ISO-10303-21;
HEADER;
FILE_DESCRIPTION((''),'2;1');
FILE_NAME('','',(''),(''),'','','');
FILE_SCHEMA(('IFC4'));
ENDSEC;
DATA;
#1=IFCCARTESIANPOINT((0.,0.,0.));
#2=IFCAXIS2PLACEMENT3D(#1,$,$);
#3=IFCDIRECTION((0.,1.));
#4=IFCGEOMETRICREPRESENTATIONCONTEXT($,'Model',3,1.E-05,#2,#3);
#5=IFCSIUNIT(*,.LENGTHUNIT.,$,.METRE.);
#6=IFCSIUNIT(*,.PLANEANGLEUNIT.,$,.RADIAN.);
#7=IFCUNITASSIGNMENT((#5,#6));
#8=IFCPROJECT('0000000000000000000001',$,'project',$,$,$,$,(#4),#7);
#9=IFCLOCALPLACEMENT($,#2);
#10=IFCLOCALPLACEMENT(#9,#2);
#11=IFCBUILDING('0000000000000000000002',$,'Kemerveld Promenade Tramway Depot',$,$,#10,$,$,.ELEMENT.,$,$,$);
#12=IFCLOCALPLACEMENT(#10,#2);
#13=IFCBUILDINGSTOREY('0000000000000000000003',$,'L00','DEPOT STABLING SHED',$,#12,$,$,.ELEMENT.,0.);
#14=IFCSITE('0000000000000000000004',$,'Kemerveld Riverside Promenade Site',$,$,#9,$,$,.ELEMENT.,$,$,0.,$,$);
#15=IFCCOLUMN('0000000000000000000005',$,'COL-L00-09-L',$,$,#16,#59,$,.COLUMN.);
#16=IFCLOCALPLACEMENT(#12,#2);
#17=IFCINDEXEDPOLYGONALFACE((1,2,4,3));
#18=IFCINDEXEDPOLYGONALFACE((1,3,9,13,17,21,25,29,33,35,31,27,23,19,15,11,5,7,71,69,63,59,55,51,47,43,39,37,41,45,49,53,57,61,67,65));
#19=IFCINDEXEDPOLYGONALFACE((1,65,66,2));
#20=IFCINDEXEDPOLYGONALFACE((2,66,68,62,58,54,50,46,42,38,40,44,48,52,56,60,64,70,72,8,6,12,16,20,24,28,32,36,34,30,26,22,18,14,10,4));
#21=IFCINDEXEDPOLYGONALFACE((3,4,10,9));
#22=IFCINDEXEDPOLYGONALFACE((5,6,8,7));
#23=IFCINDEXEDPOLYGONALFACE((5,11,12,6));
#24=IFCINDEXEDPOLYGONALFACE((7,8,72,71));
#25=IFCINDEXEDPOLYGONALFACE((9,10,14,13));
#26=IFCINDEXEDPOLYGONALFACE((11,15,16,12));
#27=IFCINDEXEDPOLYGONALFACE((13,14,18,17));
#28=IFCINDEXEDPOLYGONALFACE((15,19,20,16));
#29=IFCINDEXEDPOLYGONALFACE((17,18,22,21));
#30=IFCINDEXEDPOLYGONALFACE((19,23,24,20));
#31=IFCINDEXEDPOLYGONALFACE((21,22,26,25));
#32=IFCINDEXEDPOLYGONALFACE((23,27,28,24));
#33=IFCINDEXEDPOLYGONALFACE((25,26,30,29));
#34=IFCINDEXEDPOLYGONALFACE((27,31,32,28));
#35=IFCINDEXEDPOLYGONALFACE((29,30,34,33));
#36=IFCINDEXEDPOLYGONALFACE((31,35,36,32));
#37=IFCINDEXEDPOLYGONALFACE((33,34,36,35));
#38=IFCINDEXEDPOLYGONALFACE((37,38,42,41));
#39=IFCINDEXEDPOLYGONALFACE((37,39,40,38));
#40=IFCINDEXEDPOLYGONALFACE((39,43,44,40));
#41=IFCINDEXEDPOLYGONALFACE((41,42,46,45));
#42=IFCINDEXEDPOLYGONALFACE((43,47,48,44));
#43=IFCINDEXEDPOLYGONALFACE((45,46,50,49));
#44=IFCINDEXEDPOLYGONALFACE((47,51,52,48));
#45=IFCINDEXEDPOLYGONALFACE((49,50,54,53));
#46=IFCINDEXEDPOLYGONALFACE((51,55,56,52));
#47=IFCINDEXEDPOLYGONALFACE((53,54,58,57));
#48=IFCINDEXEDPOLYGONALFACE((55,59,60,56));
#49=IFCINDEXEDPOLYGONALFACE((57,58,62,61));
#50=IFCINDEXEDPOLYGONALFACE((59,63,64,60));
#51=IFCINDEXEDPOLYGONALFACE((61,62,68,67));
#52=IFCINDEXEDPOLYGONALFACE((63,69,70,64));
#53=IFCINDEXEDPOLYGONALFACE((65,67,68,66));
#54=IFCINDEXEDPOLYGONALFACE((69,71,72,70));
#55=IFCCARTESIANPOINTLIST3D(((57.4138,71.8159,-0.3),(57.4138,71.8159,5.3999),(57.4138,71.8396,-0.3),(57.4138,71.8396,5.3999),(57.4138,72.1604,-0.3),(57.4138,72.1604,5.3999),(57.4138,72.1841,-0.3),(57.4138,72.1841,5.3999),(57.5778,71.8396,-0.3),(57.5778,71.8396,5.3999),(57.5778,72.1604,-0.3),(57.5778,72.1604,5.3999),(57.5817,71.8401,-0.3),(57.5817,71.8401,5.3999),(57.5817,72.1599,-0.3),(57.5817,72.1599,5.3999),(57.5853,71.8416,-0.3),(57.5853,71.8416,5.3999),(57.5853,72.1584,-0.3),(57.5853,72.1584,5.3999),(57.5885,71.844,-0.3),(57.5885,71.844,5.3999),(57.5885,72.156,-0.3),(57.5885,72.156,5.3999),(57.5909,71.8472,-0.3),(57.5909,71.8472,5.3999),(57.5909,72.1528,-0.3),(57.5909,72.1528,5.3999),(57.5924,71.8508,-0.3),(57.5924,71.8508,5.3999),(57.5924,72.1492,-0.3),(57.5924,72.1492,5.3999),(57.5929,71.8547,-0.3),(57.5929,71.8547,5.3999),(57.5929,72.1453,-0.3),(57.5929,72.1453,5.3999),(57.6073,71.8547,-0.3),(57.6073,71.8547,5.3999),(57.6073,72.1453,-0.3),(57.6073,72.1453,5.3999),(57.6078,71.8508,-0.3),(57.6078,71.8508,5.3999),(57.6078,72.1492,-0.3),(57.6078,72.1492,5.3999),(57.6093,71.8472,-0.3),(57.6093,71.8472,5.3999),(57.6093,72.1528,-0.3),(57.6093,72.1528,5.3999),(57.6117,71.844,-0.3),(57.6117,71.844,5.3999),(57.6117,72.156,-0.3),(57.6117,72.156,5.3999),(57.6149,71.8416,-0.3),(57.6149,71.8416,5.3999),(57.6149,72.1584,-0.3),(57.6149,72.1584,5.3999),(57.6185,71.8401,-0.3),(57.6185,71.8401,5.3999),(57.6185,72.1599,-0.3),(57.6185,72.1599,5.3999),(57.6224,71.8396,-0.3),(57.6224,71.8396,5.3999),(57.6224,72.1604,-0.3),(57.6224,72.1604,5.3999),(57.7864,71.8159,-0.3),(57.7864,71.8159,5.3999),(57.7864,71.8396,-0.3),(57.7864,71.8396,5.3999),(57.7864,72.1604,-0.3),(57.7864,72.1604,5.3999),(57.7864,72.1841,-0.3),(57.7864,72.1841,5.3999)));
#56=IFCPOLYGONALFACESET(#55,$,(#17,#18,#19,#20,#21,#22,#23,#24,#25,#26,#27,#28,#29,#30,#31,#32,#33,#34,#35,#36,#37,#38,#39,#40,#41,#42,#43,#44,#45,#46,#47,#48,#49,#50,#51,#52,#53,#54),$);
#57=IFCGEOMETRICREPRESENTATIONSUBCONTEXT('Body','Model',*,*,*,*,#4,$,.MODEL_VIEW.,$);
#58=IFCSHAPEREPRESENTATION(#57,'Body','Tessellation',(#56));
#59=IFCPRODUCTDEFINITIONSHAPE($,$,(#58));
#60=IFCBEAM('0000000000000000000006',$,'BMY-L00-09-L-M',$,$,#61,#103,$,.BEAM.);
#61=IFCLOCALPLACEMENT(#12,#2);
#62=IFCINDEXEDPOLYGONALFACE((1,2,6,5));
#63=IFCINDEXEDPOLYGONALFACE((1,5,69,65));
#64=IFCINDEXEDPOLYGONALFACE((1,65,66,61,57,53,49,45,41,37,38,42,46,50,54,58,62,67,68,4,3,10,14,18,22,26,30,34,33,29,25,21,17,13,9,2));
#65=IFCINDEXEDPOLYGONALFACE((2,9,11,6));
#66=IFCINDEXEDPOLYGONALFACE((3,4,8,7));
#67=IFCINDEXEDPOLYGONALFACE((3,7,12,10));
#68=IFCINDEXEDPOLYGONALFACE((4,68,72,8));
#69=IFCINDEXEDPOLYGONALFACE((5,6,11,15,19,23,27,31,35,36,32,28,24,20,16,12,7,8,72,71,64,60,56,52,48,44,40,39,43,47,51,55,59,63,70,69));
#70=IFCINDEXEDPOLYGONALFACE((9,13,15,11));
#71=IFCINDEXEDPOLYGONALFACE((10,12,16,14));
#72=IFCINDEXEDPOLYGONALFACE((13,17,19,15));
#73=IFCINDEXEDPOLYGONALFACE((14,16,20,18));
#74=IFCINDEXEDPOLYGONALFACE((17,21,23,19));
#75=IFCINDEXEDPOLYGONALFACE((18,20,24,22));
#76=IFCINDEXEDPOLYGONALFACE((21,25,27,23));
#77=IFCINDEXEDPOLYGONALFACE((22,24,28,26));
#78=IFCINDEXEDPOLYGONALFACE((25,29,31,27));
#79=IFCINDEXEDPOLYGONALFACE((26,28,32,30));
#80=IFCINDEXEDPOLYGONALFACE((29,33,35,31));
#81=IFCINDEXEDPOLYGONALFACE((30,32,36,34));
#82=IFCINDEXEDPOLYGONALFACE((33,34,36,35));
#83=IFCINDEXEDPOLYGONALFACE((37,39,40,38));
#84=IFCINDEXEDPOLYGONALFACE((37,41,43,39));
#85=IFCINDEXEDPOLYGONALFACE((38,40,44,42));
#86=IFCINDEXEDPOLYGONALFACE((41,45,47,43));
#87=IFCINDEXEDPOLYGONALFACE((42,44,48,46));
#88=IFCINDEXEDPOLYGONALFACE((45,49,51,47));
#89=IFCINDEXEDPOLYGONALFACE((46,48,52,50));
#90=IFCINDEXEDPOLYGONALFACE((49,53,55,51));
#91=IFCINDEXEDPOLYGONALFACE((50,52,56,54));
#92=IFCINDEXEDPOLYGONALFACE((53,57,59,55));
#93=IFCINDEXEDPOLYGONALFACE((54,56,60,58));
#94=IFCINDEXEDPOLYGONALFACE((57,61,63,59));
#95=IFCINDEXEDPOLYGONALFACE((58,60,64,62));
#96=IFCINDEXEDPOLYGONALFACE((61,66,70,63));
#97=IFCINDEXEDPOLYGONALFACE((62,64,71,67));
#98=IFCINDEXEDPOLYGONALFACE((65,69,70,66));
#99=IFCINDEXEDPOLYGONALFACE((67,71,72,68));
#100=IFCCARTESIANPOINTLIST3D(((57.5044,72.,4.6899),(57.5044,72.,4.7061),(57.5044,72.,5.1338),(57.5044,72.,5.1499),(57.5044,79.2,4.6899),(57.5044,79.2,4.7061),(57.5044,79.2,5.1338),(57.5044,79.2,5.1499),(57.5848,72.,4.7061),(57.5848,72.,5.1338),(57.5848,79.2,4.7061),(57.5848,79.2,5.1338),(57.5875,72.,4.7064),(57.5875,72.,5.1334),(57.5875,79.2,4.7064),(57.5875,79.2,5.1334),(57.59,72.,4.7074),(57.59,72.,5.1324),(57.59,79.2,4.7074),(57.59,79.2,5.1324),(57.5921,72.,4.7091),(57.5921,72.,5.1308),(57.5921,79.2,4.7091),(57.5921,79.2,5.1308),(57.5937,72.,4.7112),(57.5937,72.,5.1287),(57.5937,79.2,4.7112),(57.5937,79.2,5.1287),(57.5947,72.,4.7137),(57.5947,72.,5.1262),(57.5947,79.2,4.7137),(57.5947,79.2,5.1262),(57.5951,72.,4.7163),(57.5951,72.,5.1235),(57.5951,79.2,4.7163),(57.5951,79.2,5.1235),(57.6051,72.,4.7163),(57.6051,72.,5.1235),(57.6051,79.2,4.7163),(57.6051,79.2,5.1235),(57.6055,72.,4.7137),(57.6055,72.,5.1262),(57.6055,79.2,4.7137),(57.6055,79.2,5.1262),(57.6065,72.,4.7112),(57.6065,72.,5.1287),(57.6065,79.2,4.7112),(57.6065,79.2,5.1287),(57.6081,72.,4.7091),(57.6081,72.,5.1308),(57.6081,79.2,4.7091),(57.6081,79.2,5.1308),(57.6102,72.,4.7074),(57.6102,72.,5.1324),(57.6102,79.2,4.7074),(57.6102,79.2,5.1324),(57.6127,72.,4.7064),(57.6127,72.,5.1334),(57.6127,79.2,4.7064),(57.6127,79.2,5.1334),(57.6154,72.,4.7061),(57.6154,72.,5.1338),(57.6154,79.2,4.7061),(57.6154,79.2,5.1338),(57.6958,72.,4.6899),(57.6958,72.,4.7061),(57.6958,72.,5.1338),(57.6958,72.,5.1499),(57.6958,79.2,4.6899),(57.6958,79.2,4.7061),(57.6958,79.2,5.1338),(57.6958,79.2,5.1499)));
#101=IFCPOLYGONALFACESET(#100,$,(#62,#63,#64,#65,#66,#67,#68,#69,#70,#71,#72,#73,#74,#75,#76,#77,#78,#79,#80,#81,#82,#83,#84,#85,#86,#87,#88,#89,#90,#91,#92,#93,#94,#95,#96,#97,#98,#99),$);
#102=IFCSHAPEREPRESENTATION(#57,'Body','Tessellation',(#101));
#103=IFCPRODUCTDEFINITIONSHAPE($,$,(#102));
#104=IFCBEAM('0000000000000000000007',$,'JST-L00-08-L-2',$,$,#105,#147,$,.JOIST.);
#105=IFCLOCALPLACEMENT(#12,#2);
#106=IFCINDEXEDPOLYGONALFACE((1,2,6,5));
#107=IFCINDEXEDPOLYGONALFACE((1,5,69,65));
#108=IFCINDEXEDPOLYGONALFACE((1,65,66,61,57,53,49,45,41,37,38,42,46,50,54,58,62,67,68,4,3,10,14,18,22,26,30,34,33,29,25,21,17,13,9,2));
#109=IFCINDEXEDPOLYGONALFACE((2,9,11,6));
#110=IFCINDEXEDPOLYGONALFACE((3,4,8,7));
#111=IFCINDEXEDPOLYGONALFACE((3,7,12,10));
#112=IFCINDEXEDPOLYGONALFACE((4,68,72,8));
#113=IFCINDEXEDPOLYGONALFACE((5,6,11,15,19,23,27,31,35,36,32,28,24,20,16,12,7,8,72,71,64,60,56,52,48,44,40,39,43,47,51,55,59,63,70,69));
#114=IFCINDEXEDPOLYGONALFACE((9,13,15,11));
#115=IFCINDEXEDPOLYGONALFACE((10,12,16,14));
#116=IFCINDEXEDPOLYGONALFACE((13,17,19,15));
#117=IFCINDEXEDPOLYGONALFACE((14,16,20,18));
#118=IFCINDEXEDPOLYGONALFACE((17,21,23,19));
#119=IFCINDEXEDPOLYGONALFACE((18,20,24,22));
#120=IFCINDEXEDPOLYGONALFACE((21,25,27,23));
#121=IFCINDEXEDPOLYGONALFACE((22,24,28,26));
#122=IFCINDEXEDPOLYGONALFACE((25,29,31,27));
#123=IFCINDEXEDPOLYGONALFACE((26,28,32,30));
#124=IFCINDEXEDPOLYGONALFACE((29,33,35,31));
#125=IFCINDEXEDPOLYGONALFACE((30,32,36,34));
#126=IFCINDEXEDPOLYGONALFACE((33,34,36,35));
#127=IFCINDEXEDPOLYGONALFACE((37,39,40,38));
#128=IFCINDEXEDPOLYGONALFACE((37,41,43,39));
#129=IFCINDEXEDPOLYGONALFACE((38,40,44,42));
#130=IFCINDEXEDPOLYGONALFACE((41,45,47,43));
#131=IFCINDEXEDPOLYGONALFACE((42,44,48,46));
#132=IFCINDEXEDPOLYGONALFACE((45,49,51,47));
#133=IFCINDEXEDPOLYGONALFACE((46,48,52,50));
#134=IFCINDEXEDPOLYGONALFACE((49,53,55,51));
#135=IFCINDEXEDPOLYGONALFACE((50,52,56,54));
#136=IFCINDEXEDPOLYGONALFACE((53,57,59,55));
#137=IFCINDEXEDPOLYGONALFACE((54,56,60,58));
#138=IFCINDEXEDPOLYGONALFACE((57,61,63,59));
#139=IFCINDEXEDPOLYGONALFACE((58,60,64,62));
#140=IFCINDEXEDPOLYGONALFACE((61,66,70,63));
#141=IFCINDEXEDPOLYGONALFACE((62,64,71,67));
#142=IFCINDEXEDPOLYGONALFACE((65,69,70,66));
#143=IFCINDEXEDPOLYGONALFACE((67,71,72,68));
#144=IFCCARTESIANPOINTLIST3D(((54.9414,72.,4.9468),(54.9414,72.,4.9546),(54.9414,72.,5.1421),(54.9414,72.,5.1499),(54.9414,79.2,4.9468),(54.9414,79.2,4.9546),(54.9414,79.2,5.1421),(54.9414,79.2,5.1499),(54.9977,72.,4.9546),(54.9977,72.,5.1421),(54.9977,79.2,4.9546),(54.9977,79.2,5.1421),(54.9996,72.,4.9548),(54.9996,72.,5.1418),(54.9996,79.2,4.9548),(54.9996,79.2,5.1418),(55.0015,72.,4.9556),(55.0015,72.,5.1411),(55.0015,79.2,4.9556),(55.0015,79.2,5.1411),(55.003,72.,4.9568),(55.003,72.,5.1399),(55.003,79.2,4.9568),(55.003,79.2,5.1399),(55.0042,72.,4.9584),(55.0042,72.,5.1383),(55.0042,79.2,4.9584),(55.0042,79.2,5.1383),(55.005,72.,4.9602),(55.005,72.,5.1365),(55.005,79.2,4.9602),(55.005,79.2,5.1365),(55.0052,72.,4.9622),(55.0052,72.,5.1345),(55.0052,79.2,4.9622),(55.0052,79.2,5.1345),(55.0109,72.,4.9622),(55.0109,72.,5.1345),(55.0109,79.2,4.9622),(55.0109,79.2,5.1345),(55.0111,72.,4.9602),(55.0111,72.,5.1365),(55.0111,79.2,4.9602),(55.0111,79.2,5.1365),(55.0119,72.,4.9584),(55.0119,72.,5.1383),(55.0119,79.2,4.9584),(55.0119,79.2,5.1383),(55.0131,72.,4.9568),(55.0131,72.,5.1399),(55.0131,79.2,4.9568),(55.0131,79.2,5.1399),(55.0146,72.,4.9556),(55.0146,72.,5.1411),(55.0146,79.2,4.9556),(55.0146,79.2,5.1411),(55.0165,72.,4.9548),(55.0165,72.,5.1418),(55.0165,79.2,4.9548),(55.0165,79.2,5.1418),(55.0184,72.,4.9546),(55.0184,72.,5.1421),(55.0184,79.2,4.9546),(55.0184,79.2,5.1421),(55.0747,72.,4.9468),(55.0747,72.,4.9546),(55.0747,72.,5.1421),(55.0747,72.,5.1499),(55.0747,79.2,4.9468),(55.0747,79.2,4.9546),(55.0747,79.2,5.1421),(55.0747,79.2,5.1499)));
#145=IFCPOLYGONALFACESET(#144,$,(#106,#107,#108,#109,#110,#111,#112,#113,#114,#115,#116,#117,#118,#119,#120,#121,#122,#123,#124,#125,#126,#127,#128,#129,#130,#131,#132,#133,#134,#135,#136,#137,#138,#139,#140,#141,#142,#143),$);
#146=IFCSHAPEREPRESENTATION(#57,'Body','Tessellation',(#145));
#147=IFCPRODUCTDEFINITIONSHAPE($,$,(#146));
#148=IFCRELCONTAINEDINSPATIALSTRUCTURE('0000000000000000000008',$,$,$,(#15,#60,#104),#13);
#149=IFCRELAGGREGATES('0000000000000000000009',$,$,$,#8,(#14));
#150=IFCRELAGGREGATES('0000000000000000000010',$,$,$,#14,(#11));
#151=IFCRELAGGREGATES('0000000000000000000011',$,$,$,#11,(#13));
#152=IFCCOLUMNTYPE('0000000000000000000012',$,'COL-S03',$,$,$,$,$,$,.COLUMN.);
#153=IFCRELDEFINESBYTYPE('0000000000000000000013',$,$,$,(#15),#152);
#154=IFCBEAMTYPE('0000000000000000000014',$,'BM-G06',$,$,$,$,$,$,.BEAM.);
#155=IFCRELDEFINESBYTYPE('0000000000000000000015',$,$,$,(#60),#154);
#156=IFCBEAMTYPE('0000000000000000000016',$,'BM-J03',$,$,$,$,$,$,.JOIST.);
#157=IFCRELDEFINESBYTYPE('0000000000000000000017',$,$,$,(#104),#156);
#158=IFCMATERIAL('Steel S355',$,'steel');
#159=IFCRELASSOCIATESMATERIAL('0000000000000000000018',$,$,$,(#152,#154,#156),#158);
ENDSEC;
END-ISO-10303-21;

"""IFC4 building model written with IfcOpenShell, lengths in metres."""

from ifc_helpers import new_model, si_unit, direction, frame, origin, origin_2d, place, context, subcontext, project, spatial, i_section, extrude, material, material_profile, profile_set, type_object, element, save


model = new_model("IFC4")

# Units and contexts
model_context = context("Model", 3, precision=1e-05, world=origin(), true_north=direction((0.0, 1.0)))
body_context = subcontext(model_context, "Body", "Model", "MODEL_VIEW")
ifc_project = project(units=[si_unit("LENGTHUNIT", "METRE"), si_unit("PLANEANGLEUNIT", "RADIAN")], contexts=[model_context])

# Site, building, storey
site_placement = place(None, origin())
site = spatial("IfcSite", under=ifc_project, at=site_placement, Name="Kemerveld Riverside Promenade Site", CompositionType="ELEMENT", RefElevation=0.0)
building_placement = place(site_placement, origin())
building = spatial("IfcBuilding", under=site, at=building_placement, Name="Kemerveld Promenade Tramway Depot", CompositionType="ELEMENT")
storey_placement = place(building_placement, origin())
storey = spatial("IfcBuildingStorey", under=building, at=storey_placement, Name="L00", Description="DEPOT STABLING SHED", CompositionType="ELEMENT", Elevation=0.0)

# Column
ifc_material_1 = material(Name="Steel S355", Category="steel")
ifc_material_profile_1 = material_profile(ifc_material_1, i_section(OverallWidth=0.3726, OverallDepth=0.3682, WebThickness=0.0144, FlangeThickness=0.0237, FilletRadius=0.0151, at=origin_2d()), Name="356x368x177 UC")
ifc_profile_set_1 = profile_set([ifc_material_profile_1], Name="Steel S355")
column_type = type_object("IfcColumnType", Name="COL-S03", PredefinedType="COLUMN", material=ifc_profile_set_1)
column_placement = place(storey_placement, frame((57.6001, 72.0, -0.3), z_axis=(0.0, 0.0, 1.0), x_axis=(1.0, 0.0, 0.0)))
element("IfcColumn", 1, at=column_placement, inside=storey, type_object=column_type, Name="COL-L00-09-L", PredefinedType="COLUMN", context=body_context, shape_type="SweptSolid", body=[
    extrude(i_section(OverallWidth=0.3726, OverallDepth=0.3682, WebThickness=0.0144, FlangeThickness=0.0237, FilletRadius=0.0151, at=origin_2d()), origin(), (0.0, 0.0, 1.0), 5.7),
])

# Beams
ifc_material_profile_2 = material_profile(ifc_material_1, i_section(OverallWidth=0.1914, OverallDepth=0.46, WebThickness=0.01, FlangeThickness=0.0161, FilletRadius=0.0103, at=origin_2d()), Name="457x191x82 UB")
ifc_profile_set_2 = profile_set([ifc_material_profile_2], Name="Steel S355")
beam_type_1 = type_object("IfcBeamType", Name="BM-G06", PredefinedType="BEAM", material=ifc_profile_set_2)
beam_1_placement = place(storey_placement, frame((57.6001, 72.0, 4.9199), z_axis=(0.0, 1.0, 0.0), x_axis=(-1.0, 0.0, 0.0)))
element("IfcBeam", 2, at=beam_1_placement, inside=storey, type_object=beam_type_1, Name="BMY-L00-09-L-M", PredefinedType="BEAM", context=body_context, shape_type="SweptSolid", body=[
    extrude(i_section(OverallWidth=0.1914, OverallDepth=0.46, WebThickness=0.01, FlangeThickness=0.0161, FilletRadius=0.0103, at=origin_2d()), origin(), (0.0, 0.0, 1.0), 7.2),
])
ifc_material_profile_3 = material_profile(ifc_material_1, i_section(OverallWidth=0.1333, OverallDepth=0.2031, WebThickness=0.0056, FlangeThickness=0.0078, FilletRadius=0.0076, at=origin_2d()), Name="203x133x25 UB")
ifc_profile_set_3 = profile_set([ifc_material_profile_3], Name="Steel S355")
beam_type_2 = type_object("IfcBeamType", Name="BM-J03", PredefinedType="JOIST", material=ifc_profile_set_3)
beam_2_placement = place(storey_placement, frame((55.0081, 72.0, 5.0483), z_axis=(0.0, 1.0, 0.0), x_axis=(-1.0, 0.0, 0.0)))
element("IfcBeam", 3, at=beam_2_placement, inside=storey, type_object=beam_type_2, Name="JST-L00-08-L-2", PredefinedType="JOIST", context=body_context, shape_type="SweptSolid", body=[
    extrude(i_section(OverallWidth=0.1333, OverallDepth=0.2031, WebThickness=0.0056, FlangeThickness=0.0078, FilletRadius=0.0076, at=origin_2d()), origin(), (0.0, 0.0, 1.0), 7.2),
])

save(model, "model.ifc")
